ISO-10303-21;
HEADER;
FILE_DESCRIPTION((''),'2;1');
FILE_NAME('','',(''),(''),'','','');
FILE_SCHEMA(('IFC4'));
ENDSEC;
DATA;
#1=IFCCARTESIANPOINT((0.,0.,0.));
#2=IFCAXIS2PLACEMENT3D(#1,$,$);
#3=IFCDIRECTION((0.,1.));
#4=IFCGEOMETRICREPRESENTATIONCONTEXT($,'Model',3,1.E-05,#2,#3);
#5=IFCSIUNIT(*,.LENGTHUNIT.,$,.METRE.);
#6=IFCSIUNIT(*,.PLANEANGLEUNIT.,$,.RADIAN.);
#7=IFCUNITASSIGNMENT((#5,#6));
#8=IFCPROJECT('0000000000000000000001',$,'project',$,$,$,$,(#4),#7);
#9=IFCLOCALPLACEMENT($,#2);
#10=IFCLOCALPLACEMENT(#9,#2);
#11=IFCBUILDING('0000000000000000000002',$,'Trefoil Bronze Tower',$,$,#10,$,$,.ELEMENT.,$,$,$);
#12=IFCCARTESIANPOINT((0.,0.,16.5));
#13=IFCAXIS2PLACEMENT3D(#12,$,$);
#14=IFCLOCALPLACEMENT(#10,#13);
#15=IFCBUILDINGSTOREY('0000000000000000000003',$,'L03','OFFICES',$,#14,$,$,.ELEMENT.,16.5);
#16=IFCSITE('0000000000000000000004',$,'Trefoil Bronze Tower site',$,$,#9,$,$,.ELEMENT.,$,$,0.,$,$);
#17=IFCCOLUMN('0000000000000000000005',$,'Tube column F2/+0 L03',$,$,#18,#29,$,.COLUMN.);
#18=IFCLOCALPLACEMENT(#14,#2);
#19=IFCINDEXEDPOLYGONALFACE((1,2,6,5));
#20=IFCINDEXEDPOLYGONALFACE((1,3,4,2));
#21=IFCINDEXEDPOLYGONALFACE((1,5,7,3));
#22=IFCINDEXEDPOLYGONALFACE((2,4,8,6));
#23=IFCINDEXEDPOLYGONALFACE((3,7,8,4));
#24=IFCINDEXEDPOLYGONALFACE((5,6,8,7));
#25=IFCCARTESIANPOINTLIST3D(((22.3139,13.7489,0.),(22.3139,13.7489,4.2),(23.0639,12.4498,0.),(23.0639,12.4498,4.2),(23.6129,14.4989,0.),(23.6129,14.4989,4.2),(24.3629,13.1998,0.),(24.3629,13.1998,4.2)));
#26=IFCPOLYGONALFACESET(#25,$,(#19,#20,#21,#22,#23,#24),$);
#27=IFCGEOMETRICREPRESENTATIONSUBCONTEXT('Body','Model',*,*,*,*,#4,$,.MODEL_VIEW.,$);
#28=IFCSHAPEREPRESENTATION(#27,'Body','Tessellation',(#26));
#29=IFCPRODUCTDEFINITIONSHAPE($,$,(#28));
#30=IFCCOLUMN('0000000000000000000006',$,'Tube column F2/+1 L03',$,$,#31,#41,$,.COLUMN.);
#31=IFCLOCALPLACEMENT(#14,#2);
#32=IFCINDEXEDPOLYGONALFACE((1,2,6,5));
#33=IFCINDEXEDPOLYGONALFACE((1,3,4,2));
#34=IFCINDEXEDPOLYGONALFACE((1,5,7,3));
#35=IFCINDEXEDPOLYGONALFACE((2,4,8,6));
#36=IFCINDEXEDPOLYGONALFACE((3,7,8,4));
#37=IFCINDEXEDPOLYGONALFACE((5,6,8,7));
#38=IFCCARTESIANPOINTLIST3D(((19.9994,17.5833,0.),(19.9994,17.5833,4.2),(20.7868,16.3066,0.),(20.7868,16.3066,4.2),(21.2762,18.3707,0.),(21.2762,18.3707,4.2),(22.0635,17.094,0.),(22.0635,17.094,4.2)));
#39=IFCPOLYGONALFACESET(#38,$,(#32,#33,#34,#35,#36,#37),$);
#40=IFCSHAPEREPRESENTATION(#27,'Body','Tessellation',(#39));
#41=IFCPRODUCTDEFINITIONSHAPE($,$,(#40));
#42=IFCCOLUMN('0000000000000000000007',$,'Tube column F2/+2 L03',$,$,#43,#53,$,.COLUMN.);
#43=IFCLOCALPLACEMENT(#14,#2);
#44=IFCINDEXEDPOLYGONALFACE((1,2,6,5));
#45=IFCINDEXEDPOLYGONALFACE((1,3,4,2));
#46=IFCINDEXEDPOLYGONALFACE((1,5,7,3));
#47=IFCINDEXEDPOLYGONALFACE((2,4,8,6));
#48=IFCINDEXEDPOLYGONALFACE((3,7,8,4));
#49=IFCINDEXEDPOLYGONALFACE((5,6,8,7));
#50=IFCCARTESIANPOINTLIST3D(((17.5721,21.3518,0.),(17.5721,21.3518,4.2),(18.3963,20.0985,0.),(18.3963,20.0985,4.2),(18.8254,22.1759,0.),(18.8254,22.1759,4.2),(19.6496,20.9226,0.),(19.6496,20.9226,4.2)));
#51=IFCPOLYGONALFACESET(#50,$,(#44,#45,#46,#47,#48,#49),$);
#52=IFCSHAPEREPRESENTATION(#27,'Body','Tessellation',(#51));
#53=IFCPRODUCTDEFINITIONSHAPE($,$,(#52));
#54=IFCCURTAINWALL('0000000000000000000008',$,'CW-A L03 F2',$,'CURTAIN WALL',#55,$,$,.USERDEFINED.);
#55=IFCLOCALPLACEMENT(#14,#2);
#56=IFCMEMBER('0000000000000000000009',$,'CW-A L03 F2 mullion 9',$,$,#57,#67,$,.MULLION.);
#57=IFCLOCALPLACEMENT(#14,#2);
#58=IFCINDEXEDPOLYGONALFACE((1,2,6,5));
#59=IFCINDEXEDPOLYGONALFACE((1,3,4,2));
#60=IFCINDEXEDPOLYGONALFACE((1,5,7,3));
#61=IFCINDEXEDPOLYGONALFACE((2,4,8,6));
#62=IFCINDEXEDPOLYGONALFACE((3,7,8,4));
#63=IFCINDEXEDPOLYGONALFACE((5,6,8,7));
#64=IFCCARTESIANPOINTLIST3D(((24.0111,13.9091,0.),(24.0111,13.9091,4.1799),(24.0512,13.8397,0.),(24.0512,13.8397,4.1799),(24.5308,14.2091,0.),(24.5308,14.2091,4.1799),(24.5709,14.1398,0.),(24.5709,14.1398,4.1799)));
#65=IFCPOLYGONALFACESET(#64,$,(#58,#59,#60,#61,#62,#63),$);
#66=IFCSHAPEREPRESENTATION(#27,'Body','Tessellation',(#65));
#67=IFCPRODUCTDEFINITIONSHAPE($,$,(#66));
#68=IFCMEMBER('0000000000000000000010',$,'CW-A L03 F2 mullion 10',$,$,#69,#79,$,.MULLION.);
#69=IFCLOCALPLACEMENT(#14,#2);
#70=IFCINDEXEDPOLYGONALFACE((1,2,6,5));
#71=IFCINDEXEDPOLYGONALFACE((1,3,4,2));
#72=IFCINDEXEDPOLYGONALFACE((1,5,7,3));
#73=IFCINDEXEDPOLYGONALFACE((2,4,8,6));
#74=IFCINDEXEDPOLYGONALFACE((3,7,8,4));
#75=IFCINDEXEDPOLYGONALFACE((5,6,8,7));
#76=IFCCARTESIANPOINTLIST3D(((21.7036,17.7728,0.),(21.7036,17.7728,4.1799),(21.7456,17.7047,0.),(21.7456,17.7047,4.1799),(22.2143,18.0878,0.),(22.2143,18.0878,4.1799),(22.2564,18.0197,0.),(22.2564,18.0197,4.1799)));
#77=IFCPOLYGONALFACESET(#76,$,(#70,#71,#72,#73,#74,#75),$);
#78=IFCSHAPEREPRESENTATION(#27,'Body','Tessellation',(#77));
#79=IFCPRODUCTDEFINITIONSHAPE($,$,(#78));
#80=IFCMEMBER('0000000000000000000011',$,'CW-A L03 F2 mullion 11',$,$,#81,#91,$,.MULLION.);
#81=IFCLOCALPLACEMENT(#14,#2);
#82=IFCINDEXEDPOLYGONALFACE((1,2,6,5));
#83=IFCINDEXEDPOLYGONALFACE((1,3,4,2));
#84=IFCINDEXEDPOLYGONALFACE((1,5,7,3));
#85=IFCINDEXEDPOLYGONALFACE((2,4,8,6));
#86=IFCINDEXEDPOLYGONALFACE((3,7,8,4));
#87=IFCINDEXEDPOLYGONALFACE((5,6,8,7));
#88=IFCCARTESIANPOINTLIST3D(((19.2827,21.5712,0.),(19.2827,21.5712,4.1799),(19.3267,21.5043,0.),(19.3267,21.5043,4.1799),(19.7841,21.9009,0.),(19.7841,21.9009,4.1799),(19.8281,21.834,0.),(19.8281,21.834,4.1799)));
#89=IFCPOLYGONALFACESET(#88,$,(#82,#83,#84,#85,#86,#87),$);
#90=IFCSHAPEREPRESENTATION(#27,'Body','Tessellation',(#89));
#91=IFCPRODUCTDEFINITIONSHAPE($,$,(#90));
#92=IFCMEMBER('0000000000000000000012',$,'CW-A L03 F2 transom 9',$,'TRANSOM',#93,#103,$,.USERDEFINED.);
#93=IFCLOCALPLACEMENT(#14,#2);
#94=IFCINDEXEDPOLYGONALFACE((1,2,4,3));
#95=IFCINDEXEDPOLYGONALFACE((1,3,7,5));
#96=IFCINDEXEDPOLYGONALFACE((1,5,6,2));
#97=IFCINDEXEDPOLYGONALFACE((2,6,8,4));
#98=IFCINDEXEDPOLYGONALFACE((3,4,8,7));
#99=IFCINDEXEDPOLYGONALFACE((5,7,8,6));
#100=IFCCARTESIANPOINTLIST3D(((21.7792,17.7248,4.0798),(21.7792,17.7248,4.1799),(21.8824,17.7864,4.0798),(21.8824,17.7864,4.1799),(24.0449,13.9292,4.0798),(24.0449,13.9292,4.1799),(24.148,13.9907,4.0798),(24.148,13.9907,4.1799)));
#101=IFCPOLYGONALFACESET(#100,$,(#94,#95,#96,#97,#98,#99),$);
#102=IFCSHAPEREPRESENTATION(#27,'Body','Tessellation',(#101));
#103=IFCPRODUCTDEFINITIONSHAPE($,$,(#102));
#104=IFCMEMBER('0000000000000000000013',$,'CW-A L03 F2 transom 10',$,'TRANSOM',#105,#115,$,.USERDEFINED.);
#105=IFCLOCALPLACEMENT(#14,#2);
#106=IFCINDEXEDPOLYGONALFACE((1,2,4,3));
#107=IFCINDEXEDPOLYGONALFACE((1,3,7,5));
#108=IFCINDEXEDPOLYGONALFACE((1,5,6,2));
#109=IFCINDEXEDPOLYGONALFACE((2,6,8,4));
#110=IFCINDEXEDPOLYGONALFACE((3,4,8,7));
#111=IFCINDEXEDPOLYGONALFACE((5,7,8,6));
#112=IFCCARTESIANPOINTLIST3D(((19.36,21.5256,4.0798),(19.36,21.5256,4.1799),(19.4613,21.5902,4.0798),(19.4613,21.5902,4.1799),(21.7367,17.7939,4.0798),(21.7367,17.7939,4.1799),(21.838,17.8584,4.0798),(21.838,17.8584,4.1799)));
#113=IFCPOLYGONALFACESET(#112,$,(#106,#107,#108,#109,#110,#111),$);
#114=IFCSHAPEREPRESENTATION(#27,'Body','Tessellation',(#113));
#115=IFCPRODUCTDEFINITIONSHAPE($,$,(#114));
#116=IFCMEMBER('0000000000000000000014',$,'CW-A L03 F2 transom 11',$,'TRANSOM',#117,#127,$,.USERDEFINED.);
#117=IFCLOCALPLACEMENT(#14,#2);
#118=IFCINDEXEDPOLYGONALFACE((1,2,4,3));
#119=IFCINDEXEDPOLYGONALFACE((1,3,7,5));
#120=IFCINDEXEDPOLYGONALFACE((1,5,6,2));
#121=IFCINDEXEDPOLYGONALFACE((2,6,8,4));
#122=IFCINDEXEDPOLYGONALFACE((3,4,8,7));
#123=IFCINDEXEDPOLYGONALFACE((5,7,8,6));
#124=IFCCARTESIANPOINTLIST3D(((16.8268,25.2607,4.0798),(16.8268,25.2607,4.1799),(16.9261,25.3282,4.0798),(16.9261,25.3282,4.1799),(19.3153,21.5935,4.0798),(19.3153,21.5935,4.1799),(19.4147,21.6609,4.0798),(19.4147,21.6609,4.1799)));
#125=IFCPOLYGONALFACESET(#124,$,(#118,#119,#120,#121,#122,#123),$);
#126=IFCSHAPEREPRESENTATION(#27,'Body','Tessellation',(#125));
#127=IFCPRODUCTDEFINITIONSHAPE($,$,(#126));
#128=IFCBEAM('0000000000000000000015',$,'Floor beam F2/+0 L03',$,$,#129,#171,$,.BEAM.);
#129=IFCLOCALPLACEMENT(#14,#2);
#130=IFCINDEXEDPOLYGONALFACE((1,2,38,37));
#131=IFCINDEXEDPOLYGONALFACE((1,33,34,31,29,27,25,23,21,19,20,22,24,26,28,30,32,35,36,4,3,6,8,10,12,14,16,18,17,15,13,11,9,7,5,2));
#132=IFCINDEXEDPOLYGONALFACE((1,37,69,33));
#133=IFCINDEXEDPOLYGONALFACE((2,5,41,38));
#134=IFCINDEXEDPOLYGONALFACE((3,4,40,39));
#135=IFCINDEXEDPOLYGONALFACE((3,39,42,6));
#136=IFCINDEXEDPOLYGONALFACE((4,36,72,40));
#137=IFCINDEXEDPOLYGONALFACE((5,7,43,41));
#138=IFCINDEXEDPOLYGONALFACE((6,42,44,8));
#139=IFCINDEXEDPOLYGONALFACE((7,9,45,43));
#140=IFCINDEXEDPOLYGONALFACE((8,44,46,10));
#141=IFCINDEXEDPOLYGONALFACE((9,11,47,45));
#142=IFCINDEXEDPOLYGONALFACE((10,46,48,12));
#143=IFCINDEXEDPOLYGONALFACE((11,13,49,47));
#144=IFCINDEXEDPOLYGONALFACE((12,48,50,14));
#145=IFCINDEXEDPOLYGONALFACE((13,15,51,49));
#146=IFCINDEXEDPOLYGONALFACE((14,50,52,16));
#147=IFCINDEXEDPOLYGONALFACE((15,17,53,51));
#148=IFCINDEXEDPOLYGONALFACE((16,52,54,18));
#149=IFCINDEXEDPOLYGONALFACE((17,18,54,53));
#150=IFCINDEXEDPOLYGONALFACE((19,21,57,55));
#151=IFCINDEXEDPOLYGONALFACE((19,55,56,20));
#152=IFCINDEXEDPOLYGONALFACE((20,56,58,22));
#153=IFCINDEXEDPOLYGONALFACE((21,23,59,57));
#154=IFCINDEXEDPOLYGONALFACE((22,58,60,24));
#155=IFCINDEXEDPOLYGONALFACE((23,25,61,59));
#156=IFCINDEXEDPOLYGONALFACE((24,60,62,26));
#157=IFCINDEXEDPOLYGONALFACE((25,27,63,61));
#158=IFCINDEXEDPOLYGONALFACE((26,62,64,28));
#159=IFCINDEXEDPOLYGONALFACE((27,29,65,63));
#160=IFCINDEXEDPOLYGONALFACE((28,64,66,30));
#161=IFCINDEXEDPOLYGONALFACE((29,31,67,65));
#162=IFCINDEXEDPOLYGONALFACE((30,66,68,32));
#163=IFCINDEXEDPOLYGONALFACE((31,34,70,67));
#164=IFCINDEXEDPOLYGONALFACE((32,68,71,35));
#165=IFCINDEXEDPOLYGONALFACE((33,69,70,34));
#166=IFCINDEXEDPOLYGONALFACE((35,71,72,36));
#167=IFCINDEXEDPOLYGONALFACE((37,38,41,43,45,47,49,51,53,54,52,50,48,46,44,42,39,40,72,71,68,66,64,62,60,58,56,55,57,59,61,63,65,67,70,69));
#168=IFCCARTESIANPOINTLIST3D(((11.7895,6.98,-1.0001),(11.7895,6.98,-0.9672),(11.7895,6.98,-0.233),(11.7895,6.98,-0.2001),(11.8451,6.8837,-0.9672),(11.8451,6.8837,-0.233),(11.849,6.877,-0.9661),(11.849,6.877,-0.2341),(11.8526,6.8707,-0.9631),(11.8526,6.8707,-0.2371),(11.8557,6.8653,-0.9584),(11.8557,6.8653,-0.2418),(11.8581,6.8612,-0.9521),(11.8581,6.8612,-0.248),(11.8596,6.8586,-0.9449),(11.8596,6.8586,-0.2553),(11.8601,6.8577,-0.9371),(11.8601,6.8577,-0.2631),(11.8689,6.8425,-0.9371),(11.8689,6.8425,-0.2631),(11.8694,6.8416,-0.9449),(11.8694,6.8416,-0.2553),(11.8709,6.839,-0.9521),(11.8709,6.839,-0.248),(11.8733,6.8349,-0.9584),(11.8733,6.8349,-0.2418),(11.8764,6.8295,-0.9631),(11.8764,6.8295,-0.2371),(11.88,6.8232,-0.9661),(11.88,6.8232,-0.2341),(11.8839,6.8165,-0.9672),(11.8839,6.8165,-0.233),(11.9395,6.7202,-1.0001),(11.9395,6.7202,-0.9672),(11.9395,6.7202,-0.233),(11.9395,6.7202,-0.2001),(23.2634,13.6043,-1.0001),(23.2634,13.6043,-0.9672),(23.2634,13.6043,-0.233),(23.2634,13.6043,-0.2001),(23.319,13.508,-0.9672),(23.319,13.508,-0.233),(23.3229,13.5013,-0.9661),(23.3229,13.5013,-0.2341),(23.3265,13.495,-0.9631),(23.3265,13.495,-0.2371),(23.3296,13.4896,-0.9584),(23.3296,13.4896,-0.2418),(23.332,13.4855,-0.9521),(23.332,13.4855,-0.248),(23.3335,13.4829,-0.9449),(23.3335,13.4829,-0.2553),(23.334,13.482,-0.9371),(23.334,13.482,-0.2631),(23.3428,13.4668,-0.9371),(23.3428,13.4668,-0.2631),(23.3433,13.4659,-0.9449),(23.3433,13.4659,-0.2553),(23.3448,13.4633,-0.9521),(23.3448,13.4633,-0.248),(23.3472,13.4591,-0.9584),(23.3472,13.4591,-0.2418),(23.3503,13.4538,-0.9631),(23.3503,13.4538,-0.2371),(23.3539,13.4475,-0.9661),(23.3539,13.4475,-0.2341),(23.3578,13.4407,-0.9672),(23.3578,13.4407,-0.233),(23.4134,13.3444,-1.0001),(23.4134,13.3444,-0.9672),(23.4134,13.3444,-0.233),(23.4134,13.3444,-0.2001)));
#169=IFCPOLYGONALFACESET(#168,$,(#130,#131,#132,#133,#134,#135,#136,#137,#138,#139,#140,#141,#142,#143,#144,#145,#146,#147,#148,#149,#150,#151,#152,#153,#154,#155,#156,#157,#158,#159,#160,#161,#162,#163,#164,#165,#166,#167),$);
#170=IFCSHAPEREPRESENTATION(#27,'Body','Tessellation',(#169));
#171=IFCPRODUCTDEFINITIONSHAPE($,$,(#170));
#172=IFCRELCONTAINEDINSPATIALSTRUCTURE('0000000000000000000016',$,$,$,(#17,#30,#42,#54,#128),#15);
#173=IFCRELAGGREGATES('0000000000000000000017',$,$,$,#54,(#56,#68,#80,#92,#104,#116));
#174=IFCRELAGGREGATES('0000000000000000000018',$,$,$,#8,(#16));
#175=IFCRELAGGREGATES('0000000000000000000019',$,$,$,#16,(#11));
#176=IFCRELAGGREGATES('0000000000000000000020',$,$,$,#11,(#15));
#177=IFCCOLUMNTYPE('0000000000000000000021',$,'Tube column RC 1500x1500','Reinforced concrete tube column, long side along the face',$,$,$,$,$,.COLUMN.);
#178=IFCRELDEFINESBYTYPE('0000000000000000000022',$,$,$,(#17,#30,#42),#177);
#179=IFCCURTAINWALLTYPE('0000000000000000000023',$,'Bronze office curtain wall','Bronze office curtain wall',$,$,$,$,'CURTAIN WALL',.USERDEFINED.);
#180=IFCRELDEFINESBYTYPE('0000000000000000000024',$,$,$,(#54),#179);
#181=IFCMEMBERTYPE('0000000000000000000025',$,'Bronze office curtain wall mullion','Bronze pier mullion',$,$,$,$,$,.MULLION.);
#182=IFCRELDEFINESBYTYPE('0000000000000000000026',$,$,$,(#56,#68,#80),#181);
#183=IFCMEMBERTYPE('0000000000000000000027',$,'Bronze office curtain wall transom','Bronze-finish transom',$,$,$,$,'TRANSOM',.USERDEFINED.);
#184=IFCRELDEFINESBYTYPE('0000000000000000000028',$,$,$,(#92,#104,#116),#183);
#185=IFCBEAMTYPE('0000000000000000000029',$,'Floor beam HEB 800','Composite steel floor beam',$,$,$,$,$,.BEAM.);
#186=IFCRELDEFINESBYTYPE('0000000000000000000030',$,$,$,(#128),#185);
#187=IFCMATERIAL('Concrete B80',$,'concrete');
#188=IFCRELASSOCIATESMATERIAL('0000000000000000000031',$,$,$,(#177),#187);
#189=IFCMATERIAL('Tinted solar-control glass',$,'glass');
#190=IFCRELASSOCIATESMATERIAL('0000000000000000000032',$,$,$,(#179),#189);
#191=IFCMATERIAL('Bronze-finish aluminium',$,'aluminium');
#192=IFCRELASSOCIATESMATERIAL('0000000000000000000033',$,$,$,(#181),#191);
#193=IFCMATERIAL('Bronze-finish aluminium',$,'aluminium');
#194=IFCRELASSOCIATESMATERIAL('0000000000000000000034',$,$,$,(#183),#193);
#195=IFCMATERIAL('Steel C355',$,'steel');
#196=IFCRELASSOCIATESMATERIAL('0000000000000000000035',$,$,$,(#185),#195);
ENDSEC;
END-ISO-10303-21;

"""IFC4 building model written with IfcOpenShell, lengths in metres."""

from ifc_helpers import new_model, si_unit, direction, frame, origin, origin_2d, place, context, subcontext, project, spatial, rectangle, i_section, extrude, material, material_profile, profile_set, type_object, element, aggregate, save


model = new_model("IFC4")

# Units and contexts
model_context = context("Model", 3, precision=1e-05, world=origin(), true_north=direction((0.0, 1.0)))
body_context = subcontext(model_context, "Body", "Model", "MODEL_VIEW")
ifc_project = project(units=[si_unit("LENGTHUNIT", "METRE"), si_unit("PLANEANGLEUNIT", "RADIAN")], contexts=[model_context])

# Site, building, storey
site_placement = place(None, origin())
site = spatial("IfcSite", under=ifc_project, at=site_placement, Name="Trefoil Bronze Tower site", CompositionType="ELEMENT", RefElevation=0.0)
building_placement = place(site_placement, origin())
building = spatial("IfcBuilding", under=site, at=building_placement, Name="Trefoil Bronze Tower", CompositionType="ELEMENT")
storey_placement = place(building_placement, frame((0.0, 0.0, 16.5)))
storey = spatial("IfcBuildingStorey", under=building, at=storey_placement, Name="L03", Description="OFFICES", CompositionType="ELEMENT", Elevation=16.5)

# Columns
ifc_material_1 = material(Name="Concrete B80", Category="concrete")
ifc_material_profile_1 = material_profile(ifc_material_1, rectangle(XDim=1.5, YDim=1.5, at=origin_2d()), Name="RC 1500x1500")
ifc_profile_set_1 = profile_set([ifc_material_profile_1], Name="Concrete B80")
column_type = type_object("IfcColumnType", Name="Tube column RC 1500x1500", Description="Reinforced concrete tube column, long side along the face", PredefinedType="COLUMN", material=ifc_profile_set_1)
for number, where, z_axis, x_axis, name in (
    (1, (23.3384, 13.4744, 0.0), (0.0, 0.0, 1.0), (-0.5, 0.866025, 0.0), "Tube column F2/+0 L03"),
    (2, (21.0315, 17.3386, 0.0), (0.0, 0.0, 1.0), (-0.524923, 0.85115, 0.0), "Tube column F2/+1 L03"),
    (3, (18.6108, 21.1372, 0.0), (0.0, 0.0, 1.0), (-0.549424, 0.835544, 0.0), "Tube column F2/+2 L03"),
):
    element("IfcColumn", number, at=place(storey_placement, frame(where, z_axis=z_axis, x_axis=x_axis)), inside=storey, type_object=column_type, Name=name, PredefinedType="COLUMN", context=body_context, shape_type="SweptSolid", body=[
        extrude(rectangle(XDim=1.5, YDim=1.5, at=origin_2d()), origin(), (0.0, 0.0, 1.0), 4.2),
    ])

# Curtain wall, members
ifc_material_2 = material(Name="Tinted solar-control glass", Category="glass")
curtain_wall_type = type_object("IfcCurtainWallType", Name="Bronze office curtain wall", Description="Bronze office curtain wall", ElementType="CURTAIN WALL", PredefinedType="USERDEFINED", material=ifc_material_2)
curtain_wall_placement = place(storey_placement, origin())
curtain_wall = element("IfcCurtainWall", 4, at=curtain_wall_placement, inside=storey, type_object=curtain_wall_type, Name="CW-A L03 F2", ObjectType="CURTAIN WALL", PredefinedType="USERDEFINED")
ifc_material_3 = material(Name="Bronze-finish aluminium", Category="aluminium")
ifc_material_profile_2 = material_profile(ifc_material_3, rectangle(XDim=0.6001, YDim=0.0801, at=origin_2d()), Name="CW-A mullion")
ifc_profile_set_2 = profile_set([ifc_material_profile_2], Name="Bronze-finish aluminium")
member_type_1 = type_object("IfcMemberType", Name="Bronze office curtain wall mullion", Description="Bronze pier mullion", PredefinedType="MULLION", material=ifc_profile_set_2)
member_1_placement = place(storey_placement, frame((24.291, 14.0244, 0.0), z_axis=(0.0, 0.0, 1.0), x_axis=(-0.866025, -0.5, 0.0)))
member_1 = element("IfcMember", 5, at=member_1_placement, type_object=member_type_1, Name="CW-A L03 F2 mullion 9", PredefinedType="MULLION", context=body_context, shape_type="SweptSolid", body=[
    extrude(rectangle(XDim=0.6001, YDim=0.0801, at=origin_2d()), origin(), (0.0, 0.0, 1.0), 4.1799),
])
member_2_placement = place(storey_placement, frame((21.98, 17.8962, 0.0), z_axis=(0.0, 0.0, 1.0), x_axis=(-0.85115, -0.524923, 0.0)))
member_2 = element("IfcMember", 6, at=member_2_placement, type_object=member_type_1, Name="CW-A L03 F2 mullion 10", PredefinedType="MULLION", context=body_context, shape_type="SweptSolid", body=[
    extrude(rectangle(XDim=0.6001, YDim=0.0801, at=origin_2d()), origin(), (0.0, 0.0, 1.0), 4.1799),
])
member_3_placement = place(storey_placement, frame((19.5554, 21.7026, 0.0), z_axis=(0.0, 0.0, 1.0), x_axis=(-0.835544, -0.549424, 0.0)))
member_3 = element("IfcMember", 7, at=member_3_placement, type_object=member_type_1, Name="CW-A L03 F2 mullion 11", PredefinedType="MULLION", context=body_context, shape_type="SweptSolid", body=[
    extrude(rectangle(XDim=0.6001, YDim=0.0801, at=origin_2d()), origin(), (0.0, 0.0, 1.0), 4.1799),
])
ifc_material_4 = material(Name="Bronze-finish aluminium", Category="aluminium")
ifc_material_profile_3 = material_profile(ifc_material_4, rectangle(XDim=0.1201, YDim=0.1001, at=origin_2d()), Name="CW-A transom")
ifc_profile_set_3 = profile_set([ifc_material_profile_3], Name="Bronze-finish aluminium")
member_type_2 = type_object("IfcMemberType", Name="Bronze office curtain wall transom", Description="Bronze-finish transom", ElementType="TRANSOM", PredefinedType="USERDEFINED", material=ifc_profile_set_3)
member_4_placement = place(storey_placement, frame((24.0964, 13.96, 4.1299), z_axis=(-0.512537, 0.858665, 0.0), x_axis=(-0.858665, -0.512537, 0.0)))
member_4 = element("IfcMember", 8, at=member_4_placement, type_object=member_type_2, Name="CW-A L03 F2 transom 9", ObjectType="TRANSOM", PredefinedType="USERDEFINED", context=body_context, shape_type="SweptSolid", body=[
    extrude(rectangle(XDim=0.1201, YDim=0.1001, at=origin_2d()), origin(), (0.0, 0.0, 1.0), 4.4204),
])
member_5_placement = place(storey_placement, frame((21.7874, 17.8262, 4.1299), z_axis=(-0.537197, 0.843457, 0.0), x_axis=(-0.843457, -0.537197, 0.0)))
member_5 = element("IfcMember", 9, at=member_5_placement, type_object=member_type_2, Name="CW-A L03 F2 transom 10", ObjectType="TRANSOM", PredefinedType="USERDEFINED", context=body_context, shape_type="SweptSolid", body=[
    extrude(rectangle(XDim=0.1201, YDim=0.1001, at=origin_2d()), origin(), (0.0, 0.0, 1.0), 4.4243),
])
member_6_placement = place(storey_placement, frame((19.365, 21.6272, 4.1299), z_axis=(-0.561508, 0.827471, 0.0), x_axis=(-0.827471, -0.561508, 0.0)))
member_6 = element("IfcMember", 10, at=member_6_placement, type_object=member_type_2, Name="CW-A L03 F2 transom 11", ObjectType="TRANSOM", PredefinedType="USERDEFINED", context=body_context, shape_type="SweptSolid", body=[
    extrude(rectangle(XDim=0.1201, YDim=0.1001, at=origin_2d()), origin(), (0.0, 0.0, 1.0), 4.4319),
])

# Beam
ifc_material_5 = material(Name="Steel C355", Category="steel")
ifc_material_profile_4 = material_profile(ifc_material_5, i_section(OverallWidth=0.3, OverallDepth=0.8, WebThickness=0.0176, FlangeThickness=0.033, FilletRadius=0.03, at=origin_2d()), Name="HEB 800")
ifc_profile_set_4 = profile_set([ifc_material_profile_4], Name="Steel C355")
beam_type_1 = type_object("IfcBeamType", Name="Floor beam HEB 800", Description="Composite steel floor beam", PredefinedType="BEAM", material=ifc_profile_set_4)
beam_1_placement = place(storey_placement, frame((23.3384, 13.4744, -0.6001), z_axis=(-0.866031, -0.49999, 0.0), x_axis=(0.49999, -0.866031, 0.0)))
element("IfcBeam", 11, at=beam_1_placement, inside=storey, type_object=beam_type_1, Name="Floor beam F2/+0 L03", PredefinedType="BEAM", context=body_context, shape_type="SweptSolid", body=[
    extrude(i_section(OverallWidth=0.3, OverallDepth=0.8, WebThickness=0.0176, FlangeThickness=0.033, FilletRadius=0.03, at=origin_2d()), origin(), (0.0, 0.0, 1.0), 13.2488),
])

aggregate(curtain_wall, [member_1, member_2, member_3, member_4, member_5, member_6])

save(model, "model.ifc")
